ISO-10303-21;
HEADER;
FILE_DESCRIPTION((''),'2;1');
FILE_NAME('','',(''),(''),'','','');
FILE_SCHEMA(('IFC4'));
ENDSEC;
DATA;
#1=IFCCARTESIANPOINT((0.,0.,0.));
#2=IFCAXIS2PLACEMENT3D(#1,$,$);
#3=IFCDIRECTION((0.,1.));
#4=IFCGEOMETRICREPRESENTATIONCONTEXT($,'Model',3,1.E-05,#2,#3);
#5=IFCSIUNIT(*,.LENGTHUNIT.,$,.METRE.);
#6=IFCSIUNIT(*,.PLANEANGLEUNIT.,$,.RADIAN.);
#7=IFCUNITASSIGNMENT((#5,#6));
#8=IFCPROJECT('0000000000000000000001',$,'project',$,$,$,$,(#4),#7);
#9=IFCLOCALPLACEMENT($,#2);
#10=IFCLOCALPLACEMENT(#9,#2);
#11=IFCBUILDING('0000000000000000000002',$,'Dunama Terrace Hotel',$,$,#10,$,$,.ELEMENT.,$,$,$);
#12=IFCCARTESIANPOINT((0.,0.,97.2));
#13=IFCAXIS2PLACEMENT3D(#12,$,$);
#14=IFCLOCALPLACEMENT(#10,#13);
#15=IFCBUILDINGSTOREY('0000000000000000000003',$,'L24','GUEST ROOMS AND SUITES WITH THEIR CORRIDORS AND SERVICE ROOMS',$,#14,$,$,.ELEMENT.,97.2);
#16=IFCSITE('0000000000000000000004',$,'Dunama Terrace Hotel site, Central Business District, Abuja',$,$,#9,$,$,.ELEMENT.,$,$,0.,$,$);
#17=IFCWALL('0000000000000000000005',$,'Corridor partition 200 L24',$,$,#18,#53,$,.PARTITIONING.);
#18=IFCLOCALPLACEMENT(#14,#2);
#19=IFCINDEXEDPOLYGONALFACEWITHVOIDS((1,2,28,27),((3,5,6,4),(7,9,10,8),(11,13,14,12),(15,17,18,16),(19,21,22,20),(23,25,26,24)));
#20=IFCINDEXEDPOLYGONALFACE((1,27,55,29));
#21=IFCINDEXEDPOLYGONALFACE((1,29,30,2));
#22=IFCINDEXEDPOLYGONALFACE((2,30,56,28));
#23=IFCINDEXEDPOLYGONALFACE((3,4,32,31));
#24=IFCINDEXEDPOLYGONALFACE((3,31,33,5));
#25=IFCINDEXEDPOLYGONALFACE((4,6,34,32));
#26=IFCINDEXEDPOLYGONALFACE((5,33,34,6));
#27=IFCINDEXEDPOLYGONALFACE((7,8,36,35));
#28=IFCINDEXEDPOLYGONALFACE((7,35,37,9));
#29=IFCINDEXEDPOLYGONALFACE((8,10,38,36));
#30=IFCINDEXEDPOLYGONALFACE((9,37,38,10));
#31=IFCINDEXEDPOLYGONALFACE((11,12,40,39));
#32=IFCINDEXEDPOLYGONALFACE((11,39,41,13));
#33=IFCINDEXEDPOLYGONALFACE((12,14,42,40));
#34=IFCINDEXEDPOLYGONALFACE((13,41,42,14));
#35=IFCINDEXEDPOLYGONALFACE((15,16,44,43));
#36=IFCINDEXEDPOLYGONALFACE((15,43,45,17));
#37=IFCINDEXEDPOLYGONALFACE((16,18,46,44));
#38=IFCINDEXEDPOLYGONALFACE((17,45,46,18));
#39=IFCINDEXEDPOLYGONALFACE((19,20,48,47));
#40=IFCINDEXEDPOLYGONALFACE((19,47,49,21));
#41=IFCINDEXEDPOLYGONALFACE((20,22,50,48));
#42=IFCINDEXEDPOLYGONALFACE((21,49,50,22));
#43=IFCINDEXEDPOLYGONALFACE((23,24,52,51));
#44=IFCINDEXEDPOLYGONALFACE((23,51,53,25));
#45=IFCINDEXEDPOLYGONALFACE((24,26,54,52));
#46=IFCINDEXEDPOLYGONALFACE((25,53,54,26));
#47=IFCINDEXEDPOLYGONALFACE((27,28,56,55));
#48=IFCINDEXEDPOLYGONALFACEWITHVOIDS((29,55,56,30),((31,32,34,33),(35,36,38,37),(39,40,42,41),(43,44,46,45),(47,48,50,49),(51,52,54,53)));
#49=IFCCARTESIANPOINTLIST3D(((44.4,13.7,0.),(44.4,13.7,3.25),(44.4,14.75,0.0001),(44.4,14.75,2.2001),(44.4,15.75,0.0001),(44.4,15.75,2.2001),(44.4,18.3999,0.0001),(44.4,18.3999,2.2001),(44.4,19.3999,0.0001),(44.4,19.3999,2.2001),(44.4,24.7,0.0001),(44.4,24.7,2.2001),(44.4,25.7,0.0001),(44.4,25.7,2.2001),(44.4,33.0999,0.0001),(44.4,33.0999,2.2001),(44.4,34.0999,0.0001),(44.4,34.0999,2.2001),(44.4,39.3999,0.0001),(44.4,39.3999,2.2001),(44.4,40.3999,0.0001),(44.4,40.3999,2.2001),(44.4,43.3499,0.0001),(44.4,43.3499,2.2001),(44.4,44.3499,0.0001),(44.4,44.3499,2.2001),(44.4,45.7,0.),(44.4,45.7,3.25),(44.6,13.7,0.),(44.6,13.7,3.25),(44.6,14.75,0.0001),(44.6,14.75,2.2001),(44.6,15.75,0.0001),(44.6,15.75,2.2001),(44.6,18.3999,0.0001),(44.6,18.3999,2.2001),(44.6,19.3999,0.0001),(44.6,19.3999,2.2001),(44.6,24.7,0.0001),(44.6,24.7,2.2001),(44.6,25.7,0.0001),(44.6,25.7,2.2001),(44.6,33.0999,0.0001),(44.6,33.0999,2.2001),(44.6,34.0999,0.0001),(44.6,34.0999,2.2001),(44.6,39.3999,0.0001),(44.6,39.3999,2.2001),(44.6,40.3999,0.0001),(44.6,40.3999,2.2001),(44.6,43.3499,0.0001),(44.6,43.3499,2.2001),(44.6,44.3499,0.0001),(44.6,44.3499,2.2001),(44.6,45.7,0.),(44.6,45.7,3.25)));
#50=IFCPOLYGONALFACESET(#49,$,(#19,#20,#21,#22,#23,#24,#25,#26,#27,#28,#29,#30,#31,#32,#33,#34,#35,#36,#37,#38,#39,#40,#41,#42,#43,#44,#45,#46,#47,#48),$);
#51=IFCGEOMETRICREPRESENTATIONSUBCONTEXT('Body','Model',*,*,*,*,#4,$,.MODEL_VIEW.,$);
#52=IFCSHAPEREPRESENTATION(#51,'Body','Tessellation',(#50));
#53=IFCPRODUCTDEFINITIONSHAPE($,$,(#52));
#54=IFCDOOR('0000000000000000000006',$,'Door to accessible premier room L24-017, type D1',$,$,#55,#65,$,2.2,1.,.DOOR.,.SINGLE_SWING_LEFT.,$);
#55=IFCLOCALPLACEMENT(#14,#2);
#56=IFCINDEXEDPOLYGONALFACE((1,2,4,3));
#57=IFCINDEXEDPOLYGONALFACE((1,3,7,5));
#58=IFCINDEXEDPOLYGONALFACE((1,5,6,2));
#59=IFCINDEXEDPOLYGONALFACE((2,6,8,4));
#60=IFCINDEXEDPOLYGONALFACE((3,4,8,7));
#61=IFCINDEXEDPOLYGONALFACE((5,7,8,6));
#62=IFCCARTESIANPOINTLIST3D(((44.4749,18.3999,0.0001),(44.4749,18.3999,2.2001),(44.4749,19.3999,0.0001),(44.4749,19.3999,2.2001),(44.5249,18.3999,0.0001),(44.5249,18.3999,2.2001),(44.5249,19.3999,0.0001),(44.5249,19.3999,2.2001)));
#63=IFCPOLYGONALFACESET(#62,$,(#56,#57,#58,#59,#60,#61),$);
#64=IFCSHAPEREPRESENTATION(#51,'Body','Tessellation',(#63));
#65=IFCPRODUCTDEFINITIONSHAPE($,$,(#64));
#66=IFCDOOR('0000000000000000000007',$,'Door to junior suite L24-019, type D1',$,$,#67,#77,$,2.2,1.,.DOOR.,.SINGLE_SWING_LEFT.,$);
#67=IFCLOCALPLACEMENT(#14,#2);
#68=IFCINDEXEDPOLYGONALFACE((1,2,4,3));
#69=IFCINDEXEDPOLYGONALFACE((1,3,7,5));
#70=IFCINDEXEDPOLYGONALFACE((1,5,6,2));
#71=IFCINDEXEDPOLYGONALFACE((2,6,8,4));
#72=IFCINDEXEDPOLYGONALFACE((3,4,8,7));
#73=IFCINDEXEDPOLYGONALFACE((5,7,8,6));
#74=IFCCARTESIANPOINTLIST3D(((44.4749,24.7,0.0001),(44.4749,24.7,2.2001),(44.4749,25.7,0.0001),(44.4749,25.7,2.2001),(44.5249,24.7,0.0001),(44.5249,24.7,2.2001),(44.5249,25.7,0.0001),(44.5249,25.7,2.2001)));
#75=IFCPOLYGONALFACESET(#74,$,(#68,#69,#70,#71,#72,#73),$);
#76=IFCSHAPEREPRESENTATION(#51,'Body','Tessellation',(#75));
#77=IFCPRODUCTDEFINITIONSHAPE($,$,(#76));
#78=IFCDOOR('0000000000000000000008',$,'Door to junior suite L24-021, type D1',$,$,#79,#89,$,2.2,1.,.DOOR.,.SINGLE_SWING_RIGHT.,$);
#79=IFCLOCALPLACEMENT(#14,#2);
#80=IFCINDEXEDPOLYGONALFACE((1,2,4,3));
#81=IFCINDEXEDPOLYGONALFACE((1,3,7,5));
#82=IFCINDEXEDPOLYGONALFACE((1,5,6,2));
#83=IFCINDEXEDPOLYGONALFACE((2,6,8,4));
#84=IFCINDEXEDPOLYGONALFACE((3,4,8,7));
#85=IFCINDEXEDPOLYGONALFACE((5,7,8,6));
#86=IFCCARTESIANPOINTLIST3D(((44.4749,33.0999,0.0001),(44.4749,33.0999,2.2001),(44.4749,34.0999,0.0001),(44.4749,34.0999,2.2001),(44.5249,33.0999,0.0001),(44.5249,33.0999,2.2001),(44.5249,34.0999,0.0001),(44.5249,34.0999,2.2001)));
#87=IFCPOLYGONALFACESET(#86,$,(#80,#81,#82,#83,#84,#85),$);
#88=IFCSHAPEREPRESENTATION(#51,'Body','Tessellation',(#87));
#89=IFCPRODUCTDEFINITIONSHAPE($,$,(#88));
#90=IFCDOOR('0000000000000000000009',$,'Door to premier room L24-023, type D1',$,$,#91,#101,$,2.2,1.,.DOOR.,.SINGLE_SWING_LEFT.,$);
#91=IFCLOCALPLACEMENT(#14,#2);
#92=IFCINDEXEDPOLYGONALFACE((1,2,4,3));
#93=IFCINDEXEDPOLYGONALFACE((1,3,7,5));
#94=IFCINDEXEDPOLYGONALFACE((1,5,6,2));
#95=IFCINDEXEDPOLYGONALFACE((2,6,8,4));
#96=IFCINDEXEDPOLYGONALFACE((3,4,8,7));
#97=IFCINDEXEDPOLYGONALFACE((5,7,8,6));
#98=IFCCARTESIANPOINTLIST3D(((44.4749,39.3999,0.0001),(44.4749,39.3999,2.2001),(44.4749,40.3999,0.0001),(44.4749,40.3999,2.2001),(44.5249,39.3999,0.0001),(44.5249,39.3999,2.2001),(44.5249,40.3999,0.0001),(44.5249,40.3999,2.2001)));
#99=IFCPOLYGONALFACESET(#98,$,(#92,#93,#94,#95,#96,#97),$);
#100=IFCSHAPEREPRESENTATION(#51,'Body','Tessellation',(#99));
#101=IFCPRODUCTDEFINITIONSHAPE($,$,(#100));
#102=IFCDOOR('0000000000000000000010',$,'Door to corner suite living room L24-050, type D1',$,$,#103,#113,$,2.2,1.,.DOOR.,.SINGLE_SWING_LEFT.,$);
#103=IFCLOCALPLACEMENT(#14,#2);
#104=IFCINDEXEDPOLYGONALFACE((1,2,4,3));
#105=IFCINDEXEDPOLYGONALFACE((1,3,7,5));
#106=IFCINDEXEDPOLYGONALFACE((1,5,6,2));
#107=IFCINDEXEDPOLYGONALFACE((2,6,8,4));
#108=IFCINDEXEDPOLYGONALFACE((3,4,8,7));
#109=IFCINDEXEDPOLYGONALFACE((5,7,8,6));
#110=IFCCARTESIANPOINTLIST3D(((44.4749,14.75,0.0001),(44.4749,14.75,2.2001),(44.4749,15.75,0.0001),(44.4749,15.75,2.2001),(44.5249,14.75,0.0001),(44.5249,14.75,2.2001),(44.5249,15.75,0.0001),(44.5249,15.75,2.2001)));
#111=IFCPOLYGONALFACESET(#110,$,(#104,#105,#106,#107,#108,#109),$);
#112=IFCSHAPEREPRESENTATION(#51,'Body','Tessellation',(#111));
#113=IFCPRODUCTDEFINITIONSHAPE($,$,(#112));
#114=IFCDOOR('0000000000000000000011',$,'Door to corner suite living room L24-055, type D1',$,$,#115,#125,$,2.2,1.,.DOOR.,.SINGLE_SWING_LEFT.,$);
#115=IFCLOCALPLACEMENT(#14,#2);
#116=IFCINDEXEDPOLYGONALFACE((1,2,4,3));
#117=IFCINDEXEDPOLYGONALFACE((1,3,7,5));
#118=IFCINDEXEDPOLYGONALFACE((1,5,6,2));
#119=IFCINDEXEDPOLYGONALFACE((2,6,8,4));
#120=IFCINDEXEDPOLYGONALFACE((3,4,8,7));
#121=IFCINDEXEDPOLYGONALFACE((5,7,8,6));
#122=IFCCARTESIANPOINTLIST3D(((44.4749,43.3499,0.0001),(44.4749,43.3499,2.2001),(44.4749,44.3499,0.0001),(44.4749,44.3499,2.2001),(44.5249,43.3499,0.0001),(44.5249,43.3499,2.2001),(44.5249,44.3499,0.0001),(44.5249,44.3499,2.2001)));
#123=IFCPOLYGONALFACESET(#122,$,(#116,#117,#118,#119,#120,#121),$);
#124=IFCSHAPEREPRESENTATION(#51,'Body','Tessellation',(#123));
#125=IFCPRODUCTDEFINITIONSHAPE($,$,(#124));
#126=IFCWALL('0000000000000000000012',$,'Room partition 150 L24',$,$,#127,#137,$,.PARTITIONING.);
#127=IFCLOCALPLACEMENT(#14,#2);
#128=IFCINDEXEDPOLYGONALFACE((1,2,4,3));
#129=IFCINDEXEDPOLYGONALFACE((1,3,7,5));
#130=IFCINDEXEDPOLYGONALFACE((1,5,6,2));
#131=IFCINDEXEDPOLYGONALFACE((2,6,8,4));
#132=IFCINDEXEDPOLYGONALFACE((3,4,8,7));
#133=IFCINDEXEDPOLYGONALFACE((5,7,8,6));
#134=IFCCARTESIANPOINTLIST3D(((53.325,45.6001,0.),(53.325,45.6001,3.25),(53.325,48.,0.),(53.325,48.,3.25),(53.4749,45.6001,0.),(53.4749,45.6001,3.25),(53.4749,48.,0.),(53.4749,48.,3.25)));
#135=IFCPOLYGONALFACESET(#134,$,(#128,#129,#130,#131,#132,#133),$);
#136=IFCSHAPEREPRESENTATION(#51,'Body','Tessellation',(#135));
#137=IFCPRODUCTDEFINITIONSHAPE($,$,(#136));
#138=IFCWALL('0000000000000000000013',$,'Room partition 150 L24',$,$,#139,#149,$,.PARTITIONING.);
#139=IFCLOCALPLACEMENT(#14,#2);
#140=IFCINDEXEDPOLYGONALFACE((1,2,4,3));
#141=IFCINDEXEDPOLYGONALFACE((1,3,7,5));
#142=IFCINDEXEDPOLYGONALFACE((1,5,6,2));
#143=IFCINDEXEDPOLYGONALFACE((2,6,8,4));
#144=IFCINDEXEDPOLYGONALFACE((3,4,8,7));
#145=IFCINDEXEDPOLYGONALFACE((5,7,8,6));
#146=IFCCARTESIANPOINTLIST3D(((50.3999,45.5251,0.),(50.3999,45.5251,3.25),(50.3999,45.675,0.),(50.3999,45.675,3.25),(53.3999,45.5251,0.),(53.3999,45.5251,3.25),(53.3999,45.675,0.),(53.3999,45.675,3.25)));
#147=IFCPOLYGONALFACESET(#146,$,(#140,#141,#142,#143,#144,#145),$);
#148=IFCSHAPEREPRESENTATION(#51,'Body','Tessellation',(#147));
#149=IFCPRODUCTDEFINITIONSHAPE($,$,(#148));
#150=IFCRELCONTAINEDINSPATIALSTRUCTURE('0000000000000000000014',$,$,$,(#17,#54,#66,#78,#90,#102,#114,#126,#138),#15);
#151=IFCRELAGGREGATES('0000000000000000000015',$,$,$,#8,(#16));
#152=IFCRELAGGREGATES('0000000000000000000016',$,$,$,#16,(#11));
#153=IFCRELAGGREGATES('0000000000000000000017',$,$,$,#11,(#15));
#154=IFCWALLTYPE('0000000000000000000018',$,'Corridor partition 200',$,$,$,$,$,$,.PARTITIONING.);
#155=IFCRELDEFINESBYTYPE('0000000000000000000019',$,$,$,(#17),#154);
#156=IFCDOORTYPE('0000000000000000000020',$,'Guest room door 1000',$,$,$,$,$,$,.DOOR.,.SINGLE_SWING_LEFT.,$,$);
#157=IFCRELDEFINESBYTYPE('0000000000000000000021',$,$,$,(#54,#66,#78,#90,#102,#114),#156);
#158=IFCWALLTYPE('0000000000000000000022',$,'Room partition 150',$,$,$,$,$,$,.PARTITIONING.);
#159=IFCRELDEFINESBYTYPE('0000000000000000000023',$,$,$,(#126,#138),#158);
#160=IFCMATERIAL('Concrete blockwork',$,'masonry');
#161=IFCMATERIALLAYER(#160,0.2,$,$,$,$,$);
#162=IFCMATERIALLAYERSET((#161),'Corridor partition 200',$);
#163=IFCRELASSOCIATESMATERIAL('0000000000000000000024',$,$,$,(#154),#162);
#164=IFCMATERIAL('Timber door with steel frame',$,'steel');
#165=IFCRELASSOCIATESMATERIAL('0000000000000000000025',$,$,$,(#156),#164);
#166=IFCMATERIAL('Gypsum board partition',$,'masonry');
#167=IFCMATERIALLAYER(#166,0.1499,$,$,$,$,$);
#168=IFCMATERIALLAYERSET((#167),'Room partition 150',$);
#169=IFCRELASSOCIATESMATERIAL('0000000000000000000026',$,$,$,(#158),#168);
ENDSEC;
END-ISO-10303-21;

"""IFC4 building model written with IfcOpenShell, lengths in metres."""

from ifc_helpers import new_model, si_unit, direction, frame, frame_2d, origin, place, context, subcontext, project, spatial, rectangle, extrude, material, layer, layer_set, type_object, element, fill, save


model = new_model("IFC4")

# Units and contexts
model_context = context("Model", 3, precision=1e-05, world=origin(), true_north=direction((0.0, 1.0)))
body_context = subcontext(model_context, "Body", "Model", "MODEL_VIEW")
ifc_project = project(units=[si_unit("LENGTHUNIT", "METRE"), si_unit("PLANEANGLEUNIT", "RADIAN")], contexts=[model_context])

# Site, building, storey
site_placement = place(None, origin())
site = spatial("IfcSite", under=ifc_project, at=site_placement, Name="Dunama Terrace Hotel site, Central Business District, Abuja", CompositionType="ELEMENT", RefElevation=0.0)
building_placement = place(site_placement, origin())
building = spatial("IfcBuilding", under=site, at=building_placement, Name="Dunama Terrace Hotel", CompositionType="ELEMENT")
storey_placement = place(building_placement, frame((0.0, 0.0, 97.2)))
storey = spatial("IfcBuildingStorey", under=building, at=storey_placement, Name="L24", Description="GUEST ROOMS AND SUITES WITH THEIR CORRIDORS AND SERVICE ROOMS", CompositionType="ELEMENT", Elevation=97.2)

# Wall, openings, doors
ifc_material_1 = material(Name="Concrete blockwork", Category="masonry")
ifc_layer_1 = layer(ifc_material_1, 0.2)
ifc_layer_set_1 = layer_set([ifc_layer_1], Name="Corridor partition 200")
wall_type_1 = type_object("IfcWallType", Name="Corridor partition 200", PredefinedType="PARTITIONING", material=ifc_layer_set_1)
wall_1_placement = place(storey_placement, frame((44.5, 45.7, 0.0), z_axis=(0.0, 0.0, 1.0), x_axis=(0.0, -1.0, 0.0)))
wall_1 = element("IfcWall", 1, at=wall_1_placement, inside=storey, type_object=wall_type_1, Name="Corridor partition 200 L24", PredefinedType="PARTITIONING", context=body_context, shape_type="SweptSolid", body=[
    extrude(rectangle(XDim=32.0, YDim=0.2, at=frame_2d((16.0, 0.0))), origin(), (0.0, 0.0, 1.0), 3.25),
])
opening_1_placement = place(wall_1_placement, frame((26.3, 0.0, 0.0)))
opening_1 = element("IfcOpeningElement", 2, at=opening_1_placement, cuts=wall_1, PredefinedType="OPENING", context=body_context, shape_type="SweptSolid", body=[
    extrude(rectangle(XDim=1.0, YDim=2.2, at=frame_2d((0.5, 1.1001))), frame((0.0, 0.1099, 0.0), z_axis=(0.0, -1.0, 0.0), x_axis=(1.0, 0.0, 0.0)), (0.0, 0.0, 1.0), 0.22),
])
opening_2_placement = place(wall_1_placement, frame((20.0, 0.0, 0.0)))
opening_2 = element("IfcOpeningElement", 3, at=opening_2_placement, cuts=wall_1, PredefinedType="OPENING", context=body_context, shape_type="SweptSolid", body=[
    extrude(rectangle(XDim=1.0, YDim=2.2, at=frame_2d((0.5, 1.1001))), frame((0.0, 0.1099, 0.0), z_axis=(0.0, -1.0, 0.0), x_axis=(1.0, 0.0, 0.0)), (0.0, 0.0, 1.0), 0.22),
])
opening_3_placement = place(wall_1_placement, frame((11.6001, 0.0, 0.0)))
opening_3 = element("IfcOpeningElement", 4, at=opening_3_placement, cuts=wall_1, PredefinedType="OPENING", context=body_context, shape_type="SweptSolid", body=[
    extrude(rectangle(XDim=1.0, YDim=2.2, at=frame_2d((0.5, 1.1001))), frame((0.0, 0.1099, 0.0), z_axis=(0.0, -1.0, 0.0), x_axis=(1.0, 0.0, 0.0)), (0.0, 0.0, 1.0), 0.22),
])
opening_4_placement = place(wall_1_placement, frame((5.3, 0.0, 0.0)))
opening_4 = element("IfcOpeningElement", 5, at=opening_4_placement, cuts=wall_1, PredefinedType="OPENING", context=body_context, shape_type="SweptSolid", body=[
    extrude(rectangle(XDim=1.0, YDim=2.2, at=frame_2d((0.5, 1.1001))), frame((0.0, 0.1099, 0.0), z_axis=(0.0, -1.0, 0.0), x_axis=(1.0, 0.0, 0.0)), (0.0, 0.0, 1.0), 0.22),
])
opening_5_placement = place(wall_1_placement, frame((29.95, 0.0, 0.0)))
opening_5 = element("IfcOpeningElement", 6, at=opening_5_placement, cuts=wall_1, PredefinedType="OPENING", context=body_context, shape_type="SweptSolid", body=[
    extrude(rectangle(XDim=1.0, YDim=2.2, at=frame_2d((0.5, 1.1001))), frame((0.0, 0.1099, 0.0), z_axis=(0.0, -1.0, 0.0), x_axis=(1.0, 0.0, 0.0)), (0.0, 0.0, 1.0), 0.22),
])
opening_6_placement = place(wall_1_placement, frame((1.3501, 0.0, 0.0)))
opening_6 = element("IfcOpeningElement", 7, at=opening_6_placement, cuts=wall_1, PredefinedType="OPENING", context=body_context, shape_type="SweptSolid", body=[
    extrude(rectangle(XDim=1.0, YDim=2.2, at=frame_2d((0.5, 1.1001))), frame((0.0, 0.1099, 0.0), z_axis=(0.0, -1.0, 0.0), x_axis=(1.0, 0.0, 0.0)), (0.0, 0.0, 1.0), 0.22),
])
ifc_material_2 = material(Name="Timber door with steel frame", Category="steel")
door_type_1 = type_object("IfcDoorType", Name="Guest room door 1000", OperationType="SINGLE_SWING_LEFT", PredefinedType="DOOR", material=ifc_material_2)
door_1_placement = place(opening_1_placement, origin())
door_1 = element("IfcDoor", 8, at=door_1_placement, inside=storey, type_object=door_type_1, Name="Door to accessible premier room L24-017, type D1", OperationType="SINGLE_SWING_LEFT", OverallHeight=2.2, OverallWidth=1.0, PredefinedType="DOOR", context=body_context, shape_type="SweptSolid", body=[
    extrude(rectangle(XDim=1.0, YDim=2.2, at=frame_2d((0.5, 1.1001))), frame((0.0, 0.0249, 0.0), z_axis=(0.0, -1.0, 0.0), x_axis=(1.0, 0.0, 0.0)), (0.0, 0.0, 1.0), 0.05),
])
fill(opening_1, door_1)
door_2_placement = place(opening_2_placement, origin())
door_2 = element("IfcDoor", 9, at=door_2_placement, inside=storey, type_object=door_type_1, Name="Door to junior suite L24-019, type D1", OperationType="SINGLE_SWING_LEFT", OverallHeight=2.2, OverallWidth=1.0, PredefinedType="DOOR", context=body_context, shape_type="SweptSolid", body=[
    extrude(rectangle(XDim=1.0, YDim=2.2, at=frame_2d((0.5, 1.1001))), frame((0.0, 0.0249, 0.0), z_axis=(0.0, -1.0, 0.0), x_axis=(1.0, 0.0, 0.0)), (0.0, 0.0, 1.0), 0.05),
])
fill(opening_2, door_2)
door_3_placement = place(opening_3_placement, origin())
door_3 = element("IfcDoor", 10, at=door_3_placement, inside=storey, type_object=door_type_1, Name="Door to junior suite L24-021, type D1", OperationType="SINGLE_SWING_RIGHT", OverallHeight=2.2, OverallWidth=1.0, PredefinedType="DOOR", context=body_context, shape_type="SweptSolid", body=[
    extrude(rectangle(XDim=1.0, YDim=2.2, at=frame_2d((0.5, 1.1001))), frame((0.0, 0.0249, 0.0), z_axis=(0.0, -1.0, 0.0), x_axis=(1.0, 0.0, 0.0)), (0.0, 0.0, 1.0), 0.05),
])
fill(opening_3, door_3)
door_4_placement = place(opening_4_placement, origin())
door_4 = element("IfcDoor", 11, at=door_4_placement, inside=storey, type_object=door_type_1, Name="Door to premier room L24-023, type D1", OperationType="SINGLE_SWING_LEFT", OverallHeight=2.2, OverallWidth=1.0, PredefinedType="DOOR", context=body_context, shape_type="SweptSolid", body=[
    extrude(rectangle(XDim=1.0, YDim=2.2, at=frame_2d((0.5, 1.1001))), frame((0.0, 0.0249, 0.0), z_axis=(0.0, -1.0, 0.0), x_axis=(1.0, 0.0, 0.0)), (0.0, 0.0, 1.0), 0.05),
])
fill(opening_4, door_4)
door_5_placement = place(opening_5_placement, origin())
door_5 = element("IfcDoor", 12, at=door_5_placement, inside=storey, type_object=door_type_1, Name="Door to corner suite living room L24-050, type D1", OperationType="SINGLE_SWING_LEFT", OverallHeight=2.2, OverallWidth=1.0, PredefinedType="DOOR", context=body_context, shape_type="SweptSolid", body=[
    extrude(rectangle(XDim=1.0, YDim=2.2, at=frame_2d((0.5, 1.1001))), frame((0.0, 0.0249, 0.0), z_axis=(0.0, -1.0, 0.0), x_axis=(1.0, 0.0, 0.0)), (0.0, 0.0, 1.0), 0.05),
])
fill(opening_5, door_5)
door_6_placement = place(opening_6_placement, origin())
door_6 = element("IfcDoor", 13, at=door_6_placement, inside=storey, type_object=door_type_1, Name="Door to corner suite living room L24-055, type D1", OperationType="SINGLE_SWING_LEFT", OverallHeight=2.2, OverallWidth=1.0, PredefinedType="DOOR", context=body_context, shape_type="SweptSolid", body=[
    extrude(rectangle(XDim=1.0, YDim=2.2, at=frame_2d((0.5, 1.1001))), frame((0.0, 0.0249, 0.0), z_axis=(0.0, -1.0, 0.0), x_axis=(1.0, 0.0, 0.0)), (0.0, 0.0, 1.0), 0.05),
])
fill(opening_6, door_6)

# Walls
ifc_material_3 = material(Name="Gypsum board partition", Category="masonry")
ifc_layer_2 = layer(ifc_material_3, 0.1499)
ifc_layer_set_2 = layer_set([ifc_layer_2], Name="Room partition 150")
wall_type_2 = type_object("IfcWallType", Name="Room partition 150", PredefinedType="PARTITIONING", material=ifc_layer_set_2)
wall_2_placement = place(storey_placement, frame((53.3999, 45.6001, 0.0), z_axis=(0.0, 0.0, 1.0), x_axis=(0.0, 1.0, 0.0)))
element("IfcWall", 14, at=wall_2_placement, inside=storey, type_object=wall_type_2, Name="Room partition 150 L24", PredefinedType="PARTITIONING", context=body_context, shape_type="SweptSolid", body=[
    extrude(rectangle(XDim=2.3999, YDim=0.1499, at=frame_2d((1.2, 0.0))), origin(), (0.0, 0.0, 1.0), 3.25),
])
wall_3_placement = place(storey_placement, frame((50.3999, 45.6001, 0.0), z_axis=(0.0, 0.0, 1.0), x_axis=(1.0, 0.0, 0.0)))
element("IfcWall", 15, at=wall_3_placement, inside=storey, type_object=wall_type_2, Name="Room partition 150 L24", PredefinedType="PARTITIONING", context=body_context, shape_type="SweptSolid", body=[
    extrude(rectangle(XDim=3.0, YDim=0.1499, at=frame_2d((1.5, 0.0))), origin(), (0.0, 0.0, 1.0), 3.25),
])

save(model, "model.ifc")
